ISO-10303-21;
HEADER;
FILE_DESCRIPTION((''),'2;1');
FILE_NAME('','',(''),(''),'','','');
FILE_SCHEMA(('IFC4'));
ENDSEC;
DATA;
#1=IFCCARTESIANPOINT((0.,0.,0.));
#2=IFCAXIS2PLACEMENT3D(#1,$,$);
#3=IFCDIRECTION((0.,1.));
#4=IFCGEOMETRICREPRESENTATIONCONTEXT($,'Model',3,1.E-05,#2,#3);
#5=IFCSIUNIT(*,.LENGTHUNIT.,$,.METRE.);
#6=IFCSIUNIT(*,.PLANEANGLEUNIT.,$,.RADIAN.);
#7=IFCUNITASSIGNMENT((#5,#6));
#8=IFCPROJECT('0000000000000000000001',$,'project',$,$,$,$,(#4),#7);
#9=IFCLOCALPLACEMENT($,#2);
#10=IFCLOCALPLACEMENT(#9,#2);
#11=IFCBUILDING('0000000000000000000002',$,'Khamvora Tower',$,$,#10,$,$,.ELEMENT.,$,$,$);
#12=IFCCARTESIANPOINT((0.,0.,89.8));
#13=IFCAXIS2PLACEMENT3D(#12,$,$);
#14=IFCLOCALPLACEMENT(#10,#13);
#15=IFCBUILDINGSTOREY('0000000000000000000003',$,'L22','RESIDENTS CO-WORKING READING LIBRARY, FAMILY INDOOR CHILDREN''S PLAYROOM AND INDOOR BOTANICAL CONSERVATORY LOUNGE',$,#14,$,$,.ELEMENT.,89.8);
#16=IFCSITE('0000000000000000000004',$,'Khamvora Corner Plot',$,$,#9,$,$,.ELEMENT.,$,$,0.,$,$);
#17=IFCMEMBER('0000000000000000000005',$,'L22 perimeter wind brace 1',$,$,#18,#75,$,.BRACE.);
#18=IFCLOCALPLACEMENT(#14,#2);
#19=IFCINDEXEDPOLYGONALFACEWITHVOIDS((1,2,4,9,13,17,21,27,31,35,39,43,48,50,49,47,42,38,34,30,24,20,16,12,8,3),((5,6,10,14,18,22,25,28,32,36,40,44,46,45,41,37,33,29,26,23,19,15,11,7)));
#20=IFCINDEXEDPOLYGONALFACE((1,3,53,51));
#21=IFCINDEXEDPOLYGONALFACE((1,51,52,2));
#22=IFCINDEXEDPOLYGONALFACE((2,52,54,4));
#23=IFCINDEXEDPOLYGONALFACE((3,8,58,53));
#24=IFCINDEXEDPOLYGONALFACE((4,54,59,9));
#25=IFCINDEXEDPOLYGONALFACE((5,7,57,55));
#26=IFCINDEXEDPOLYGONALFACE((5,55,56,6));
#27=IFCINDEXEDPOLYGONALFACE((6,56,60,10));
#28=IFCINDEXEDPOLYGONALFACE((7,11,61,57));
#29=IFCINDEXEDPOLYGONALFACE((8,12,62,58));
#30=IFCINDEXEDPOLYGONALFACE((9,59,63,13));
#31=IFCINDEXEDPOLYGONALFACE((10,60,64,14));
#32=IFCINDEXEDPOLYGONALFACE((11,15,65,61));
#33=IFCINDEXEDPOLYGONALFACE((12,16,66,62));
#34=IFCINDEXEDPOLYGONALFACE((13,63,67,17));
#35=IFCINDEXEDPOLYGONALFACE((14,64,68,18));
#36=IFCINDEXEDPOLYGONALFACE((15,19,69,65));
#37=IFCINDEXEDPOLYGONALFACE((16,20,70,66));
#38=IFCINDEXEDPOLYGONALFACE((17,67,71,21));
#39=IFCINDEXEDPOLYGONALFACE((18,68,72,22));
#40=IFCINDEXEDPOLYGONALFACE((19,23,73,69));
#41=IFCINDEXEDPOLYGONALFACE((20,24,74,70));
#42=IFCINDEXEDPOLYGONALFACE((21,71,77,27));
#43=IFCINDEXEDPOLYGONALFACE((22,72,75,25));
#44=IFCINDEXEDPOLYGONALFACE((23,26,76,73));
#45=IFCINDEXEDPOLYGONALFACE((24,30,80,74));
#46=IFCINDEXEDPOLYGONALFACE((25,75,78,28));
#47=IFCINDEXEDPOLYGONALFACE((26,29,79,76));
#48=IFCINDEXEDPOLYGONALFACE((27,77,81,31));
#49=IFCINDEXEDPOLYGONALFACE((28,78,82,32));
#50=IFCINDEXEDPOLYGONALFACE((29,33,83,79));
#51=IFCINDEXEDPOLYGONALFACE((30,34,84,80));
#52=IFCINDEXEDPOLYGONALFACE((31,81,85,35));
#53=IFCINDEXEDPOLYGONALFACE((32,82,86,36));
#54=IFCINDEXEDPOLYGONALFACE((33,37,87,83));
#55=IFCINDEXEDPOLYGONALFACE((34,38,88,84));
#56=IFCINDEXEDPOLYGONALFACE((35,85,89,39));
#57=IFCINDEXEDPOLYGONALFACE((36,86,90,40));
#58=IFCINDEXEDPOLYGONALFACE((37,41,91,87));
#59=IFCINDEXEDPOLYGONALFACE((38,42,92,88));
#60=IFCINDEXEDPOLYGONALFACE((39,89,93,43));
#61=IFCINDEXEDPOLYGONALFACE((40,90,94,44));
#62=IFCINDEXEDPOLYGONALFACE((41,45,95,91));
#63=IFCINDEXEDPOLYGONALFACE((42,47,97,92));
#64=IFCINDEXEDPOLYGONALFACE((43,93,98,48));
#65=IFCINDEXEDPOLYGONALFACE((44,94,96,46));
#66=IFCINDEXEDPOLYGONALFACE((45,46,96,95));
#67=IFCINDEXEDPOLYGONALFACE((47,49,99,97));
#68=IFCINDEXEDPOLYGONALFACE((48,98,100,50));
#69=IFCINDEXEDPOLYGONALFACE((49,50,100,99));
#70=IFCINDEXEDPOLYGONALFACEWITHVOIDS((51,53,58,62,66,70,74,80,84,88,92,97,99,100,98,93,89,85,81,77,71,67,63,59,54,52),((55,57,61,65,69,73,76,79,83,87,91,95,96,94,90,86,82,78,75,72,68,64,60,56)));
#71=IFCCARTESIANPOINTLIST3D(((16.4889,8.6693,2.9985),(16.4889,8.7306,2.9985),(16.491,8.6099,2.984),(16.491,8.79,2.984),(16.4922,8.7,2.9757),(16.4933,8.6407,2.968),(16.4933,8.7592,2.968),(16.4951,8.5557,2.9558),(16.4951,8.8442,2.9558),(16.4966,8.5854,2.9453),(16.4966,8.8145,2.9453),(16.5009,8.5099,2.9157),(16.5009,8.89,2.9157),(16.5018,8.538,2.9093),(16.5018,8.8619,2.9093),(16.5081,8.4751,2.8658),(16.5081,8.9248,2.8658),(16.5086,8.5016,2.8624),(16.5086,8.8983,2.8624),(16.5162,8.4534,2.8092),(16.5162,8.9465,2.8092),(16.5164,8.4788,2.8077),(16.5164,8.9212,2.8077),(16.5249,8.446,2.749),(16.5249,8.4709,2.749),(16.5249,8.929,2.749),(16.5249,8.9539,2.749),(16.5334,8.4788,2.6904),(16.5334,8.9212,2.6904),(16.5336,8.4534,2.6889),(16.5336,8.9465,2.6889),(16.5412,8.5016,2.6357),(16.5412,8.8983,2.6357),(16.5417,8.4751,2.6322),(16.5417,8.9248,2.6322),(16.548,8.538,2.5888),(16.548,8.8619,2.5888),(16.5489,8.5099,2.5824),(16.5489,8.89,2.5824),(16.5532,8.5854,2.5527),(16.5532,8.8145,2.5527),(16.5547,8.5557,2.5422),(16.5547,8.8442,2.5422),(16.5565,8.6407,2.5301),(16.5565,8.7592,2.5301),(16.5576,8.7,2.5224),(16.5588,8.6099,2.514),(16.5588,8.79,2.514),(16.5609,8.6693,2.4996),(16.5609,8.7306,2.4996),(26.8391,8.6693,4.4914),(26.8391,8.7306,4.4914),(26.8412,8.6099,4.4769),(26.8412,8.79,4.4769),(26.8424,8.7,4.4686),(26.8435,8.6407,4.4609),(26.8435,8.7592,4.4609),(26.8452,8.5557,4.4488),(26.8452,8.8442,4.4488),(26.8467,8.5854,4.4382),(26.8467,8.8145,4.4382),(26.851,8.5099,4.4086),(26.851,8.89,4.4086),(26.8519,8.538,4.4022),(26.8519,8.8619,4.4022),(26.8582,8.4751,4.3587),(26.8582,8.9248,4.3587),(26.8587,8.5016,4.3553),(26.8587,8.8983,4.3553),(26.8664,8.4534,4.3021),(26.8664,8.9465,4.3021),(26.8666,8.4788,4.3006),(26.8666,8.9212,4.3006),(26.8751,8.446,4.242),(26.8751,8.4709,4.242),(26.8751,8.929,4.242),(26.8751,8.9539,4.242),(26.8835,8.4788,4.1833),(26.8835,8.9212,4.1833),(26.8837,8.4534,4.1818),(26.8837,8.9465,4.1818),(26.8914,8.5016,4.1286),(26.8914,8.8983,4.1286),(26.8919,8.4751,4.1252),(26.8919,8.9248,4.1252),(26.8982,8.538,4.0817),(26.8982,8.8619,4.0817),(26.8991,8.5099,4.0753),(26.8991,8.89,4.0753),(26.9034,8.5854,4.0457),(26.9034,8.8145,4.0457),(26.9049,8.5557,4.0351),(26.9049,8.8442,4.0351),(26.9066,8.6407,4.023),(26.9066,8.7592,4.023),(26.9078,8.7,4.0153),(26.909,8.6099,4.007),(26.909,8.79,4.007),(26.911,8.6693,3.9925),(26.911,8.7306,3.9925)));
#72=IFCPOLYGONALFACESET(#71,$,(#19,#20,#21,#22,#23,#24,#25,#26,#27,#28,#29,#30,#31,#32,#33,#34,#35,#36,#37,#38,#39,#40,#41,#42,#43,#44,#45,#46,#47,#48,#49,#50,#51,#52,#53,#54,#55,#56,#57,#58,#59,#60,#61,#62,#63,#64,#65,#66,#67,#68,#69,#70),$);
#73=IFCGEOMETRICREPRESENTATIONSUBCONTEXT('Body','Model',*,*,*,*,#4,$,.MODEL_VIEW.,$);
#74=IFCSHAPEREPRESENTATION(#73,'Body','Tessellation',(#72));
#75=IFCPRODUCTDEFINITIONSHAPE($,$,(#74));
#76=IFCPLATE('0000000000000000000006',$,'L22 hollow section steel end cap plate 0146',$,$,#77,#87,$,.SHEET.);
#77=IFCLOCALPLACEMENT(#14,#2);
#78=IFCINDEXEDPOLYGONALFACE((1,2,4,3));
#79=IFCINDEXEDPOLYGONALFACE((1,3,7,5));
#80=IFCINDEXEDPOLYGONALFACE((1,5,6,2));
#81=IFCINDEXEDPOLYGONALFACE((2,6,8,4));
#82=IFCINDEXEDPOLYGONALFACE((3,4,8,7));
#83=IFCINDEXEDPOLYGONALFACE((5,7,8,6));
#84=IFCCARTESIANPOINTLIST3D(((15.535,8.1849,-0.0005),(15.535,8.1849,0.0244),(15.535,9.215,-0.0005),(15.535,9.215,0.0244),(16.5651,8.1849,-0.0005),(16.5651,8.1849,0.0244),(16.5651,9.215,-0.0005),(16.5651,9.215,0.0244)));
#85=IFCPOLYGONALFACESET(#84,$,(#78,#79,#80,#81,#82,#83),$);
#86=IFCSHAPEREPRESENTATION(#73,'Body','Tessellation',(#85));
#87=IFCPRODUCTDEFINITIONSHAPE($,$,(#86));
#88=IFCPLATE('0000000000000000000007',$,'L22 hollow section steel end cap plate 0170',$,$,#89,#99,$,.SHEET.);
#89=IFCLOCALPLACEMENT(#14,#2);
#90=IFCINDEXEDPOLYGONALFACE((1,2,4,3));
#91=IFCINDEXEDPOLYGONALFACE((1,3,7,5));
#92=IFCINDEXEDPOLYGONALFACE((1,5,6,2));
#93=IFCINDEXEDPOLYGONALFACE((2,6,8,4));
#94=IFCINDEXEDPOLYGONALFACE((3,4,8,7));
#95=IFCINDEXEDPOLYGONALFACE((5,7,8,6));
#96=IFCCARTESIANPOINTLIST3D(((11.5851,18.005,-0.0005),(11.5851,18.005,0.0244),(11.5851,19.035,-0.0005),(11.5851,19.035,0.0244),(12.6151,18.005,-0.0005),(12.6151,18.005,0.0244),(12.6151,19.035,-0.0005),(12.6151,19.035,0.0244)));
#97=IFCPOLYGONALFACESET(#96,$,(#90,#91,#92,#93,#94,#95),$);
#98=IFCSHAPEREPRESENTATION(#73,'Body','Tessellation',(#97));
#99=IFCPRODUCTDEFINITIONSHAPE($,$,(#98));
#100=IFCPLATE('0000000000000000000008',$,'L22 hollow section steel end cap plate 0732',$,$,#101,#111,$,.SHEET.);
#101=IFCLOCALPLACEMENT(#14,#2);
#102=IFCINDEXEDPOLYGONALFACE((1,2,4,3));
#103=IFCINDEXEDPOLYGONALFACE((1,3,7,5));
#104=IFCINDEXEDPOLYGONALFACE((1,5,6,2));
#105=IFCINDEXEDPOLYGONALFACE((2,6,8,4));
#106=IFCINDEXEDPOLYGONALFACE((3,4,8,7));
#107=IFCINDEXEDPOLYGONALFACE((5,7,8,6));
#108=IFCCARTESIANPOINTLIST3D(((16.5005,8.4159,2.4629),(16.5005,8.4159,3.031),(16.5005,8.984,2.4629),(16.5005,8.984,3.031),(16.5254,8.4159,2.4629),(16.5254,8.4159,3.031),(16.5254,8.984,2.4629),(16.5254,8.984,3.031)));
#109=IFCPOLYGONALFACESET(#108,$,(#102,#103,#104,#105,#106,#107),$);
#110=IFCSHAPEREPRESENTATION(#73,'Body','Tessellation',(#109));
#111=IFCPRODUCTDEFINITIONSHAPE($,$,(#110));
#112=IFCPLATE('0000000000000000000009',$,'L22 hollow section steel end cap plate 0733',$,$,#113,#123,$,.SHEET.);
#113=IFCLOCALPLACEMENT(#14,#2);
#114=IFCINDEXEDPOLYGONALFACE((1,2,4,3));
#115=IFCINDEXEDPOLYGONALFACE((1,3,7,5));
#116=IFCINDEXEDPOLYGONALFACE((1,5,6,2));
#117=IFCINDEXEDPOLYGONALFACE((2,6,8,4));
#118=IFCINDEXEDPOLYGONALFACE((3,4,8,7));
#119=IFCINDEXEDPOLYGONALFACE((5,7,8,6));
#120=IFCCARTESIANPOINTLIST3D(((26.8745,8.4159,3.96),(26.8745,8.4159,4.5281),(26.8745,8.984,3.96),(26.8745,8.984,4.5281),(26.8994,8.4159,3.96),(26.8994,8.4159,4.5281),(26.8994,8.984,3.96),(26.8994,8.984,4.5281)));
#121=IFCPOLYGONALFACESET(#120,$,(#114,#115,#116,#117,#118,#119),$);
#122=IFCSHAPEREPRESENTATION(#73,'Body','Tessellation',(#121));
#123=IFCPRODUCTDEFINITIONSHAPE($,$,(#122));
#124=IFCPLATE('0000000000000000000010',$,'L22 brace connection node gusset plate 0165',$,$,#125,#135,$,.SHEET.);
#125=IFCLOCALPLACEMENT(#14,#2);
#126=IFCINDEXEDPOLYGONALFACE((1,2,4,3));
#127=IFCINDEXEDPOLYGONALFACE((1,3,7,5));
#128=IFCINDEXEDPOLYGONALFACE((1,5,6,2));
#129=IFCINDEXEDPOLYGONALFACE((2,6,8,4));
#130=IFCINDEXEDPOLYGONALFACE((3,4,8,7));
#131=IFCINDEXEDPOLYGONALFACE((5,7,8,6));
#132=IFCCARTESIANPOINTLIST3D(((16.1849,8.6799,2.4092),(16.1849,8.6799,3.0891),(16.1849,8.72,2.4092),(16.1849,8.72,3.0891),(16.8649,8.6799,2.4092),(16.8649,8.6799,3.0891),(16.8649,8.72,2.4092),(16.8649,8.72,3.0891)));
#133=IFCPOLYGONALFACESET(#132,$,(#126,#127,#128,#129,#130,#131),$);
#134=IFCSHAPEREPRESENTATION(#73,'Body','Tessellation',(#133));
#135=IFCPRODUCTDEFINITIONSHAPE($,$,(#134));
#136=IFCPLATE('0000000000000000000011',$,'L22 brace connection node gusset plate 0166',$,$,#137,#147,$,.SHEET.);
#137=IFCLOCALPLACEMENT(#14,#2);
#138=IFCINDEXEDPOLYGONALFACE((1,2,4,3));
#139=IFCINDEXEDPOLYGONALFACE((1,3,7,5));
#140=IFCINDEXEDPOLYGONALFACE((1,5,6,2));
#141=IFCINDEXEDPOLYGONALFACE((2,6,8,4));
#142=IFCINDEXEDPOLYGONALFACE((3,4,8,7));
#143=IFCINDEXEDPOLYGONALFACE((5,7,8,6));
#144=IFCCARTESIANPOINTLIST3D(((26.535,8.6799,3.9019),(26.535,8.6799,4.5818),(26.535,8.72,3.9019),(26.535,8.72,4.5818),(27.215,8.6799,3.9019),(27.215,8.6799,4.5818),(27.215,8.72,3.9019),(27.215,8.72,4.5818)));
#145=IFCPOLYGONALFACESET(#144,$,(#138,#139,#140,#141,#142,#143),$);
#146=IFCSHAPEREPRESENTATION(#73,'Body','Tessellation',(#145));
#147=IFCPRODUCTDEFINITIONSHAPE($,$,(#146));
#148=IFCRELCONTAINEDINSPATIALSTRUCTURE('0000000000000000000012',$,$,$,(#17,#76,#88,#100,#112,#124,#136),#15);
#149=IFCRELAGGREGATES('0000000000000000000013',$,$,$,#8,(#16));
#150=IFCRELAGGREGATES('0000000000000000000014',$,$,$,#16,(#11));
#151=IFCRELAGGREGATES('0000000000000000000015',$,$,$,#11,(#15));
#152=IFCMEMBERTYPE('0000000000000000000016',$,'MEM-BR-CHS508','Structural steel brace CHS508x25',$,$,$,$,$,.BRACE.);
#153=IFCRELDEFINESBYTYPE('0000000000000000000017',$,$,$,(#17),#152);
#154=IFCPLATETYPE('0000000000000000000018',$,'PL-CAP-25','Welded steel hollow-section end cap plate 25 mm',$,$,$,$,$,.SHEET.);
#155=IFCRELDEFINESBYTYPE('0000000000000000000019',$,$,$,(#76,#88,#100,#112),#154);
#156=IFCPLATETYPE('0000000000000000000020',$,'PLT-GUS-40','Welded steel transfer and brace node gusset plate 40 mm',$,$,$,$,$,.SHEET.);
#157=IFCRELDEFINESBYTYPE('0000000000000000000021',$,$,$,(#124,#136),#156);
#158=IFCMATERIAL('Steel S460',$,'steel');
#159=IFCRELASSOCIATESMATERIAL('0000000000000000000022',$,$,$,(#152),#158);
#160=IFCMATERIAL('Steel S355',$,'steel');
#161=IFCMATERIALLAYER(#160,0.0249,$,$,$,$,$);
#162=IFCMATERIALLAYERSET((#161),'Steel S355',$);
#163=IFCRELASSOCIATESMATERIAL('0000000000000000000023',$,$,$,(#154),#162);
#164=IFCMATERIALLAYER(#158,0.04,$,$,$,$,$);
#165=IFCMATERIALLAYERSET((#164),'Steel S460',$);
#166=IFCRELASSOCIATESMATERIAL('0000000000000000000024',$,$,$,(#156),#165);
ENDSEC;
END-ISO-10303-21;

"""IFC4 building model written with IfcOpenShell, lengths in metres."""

from ifc_helpers import new_model, si_unit, direction, frame, origin, origin_2d, place, context, subcontext, project, spatial, rectangle, hollow_circle, extrude, material, layer, layer_set, material_profile, profile_set, type_object, element, save


model = new_model("IFC4")

# Units and contexts
model_context = context("Model", 3, precision=1e-05, world=origin(), true_north=direction((0.0, 1.0)))
body_context = subcontext(model_context, "Body", "Model", "MODEL_VIEW")
ifc_project = project(units=[si_unit("LENGTHUNIT", "METRE"), si_unit("PLANEANGLEUNIT", "RADIAN")], contexts=[model_context])

# Site, building, storey
site_placement = place(None, origin())
site = spatial("IfcSite", under=ifc_project, at=site_placement, Name="Khamvora Corner Plot", CompositionType="ELEMENT", RefElevation=0.0)
building_placement = place(site_placement, origin())
building = spatial("IfcBuilding", under=site, at=building_placement, Name="Khamvora Tower", CompositionType="ELEMENT")
storey_placement = place(building_placement, frame((0.0, 0.0, 89.8)))
storey = spatial("IfcBuildingStorey", under=building, at=storey_placement, Name="L22", Description="RESIDENTS CO-WORKING READING LIBRARY, FAMILY INDOOR CHILDREN'S PLAYROOM AND INDOOR BOTANICAL CONSERVATORY LOUNGE", CompositionType="ELEMENT", Elevation=89.8)

# Shared definitions
ifc_material_1 = material(Name="Steel S355", Category="steel")

# Member
ifc_material_2 = material(Name="Steel S460", Category="steel")
ifc_material_profile_1 = material_profile(ifc_material_2, hollow_circle(Radius=0.2539, WallThickness=0.0249, at=origin_2d()), Name="CHS508x25")
ifc_profile_set_1 = profile_set([ifc_material_profile_1], Name="Steel S460")
member_type = type_object("IfcMemberType", Name="MEM-BR-CHS508", Description="Structural steel brace CHS508x25", PredefinedType="BRACE", material=ifc_profile_set_1)
member_placement = place(storey_placement, frame((16.5249, 8.7, 2.749), z_axis=(0.989757, 0.0, 0.142765), x_axis=(0.0, 1.0, 0.0)))
element("IfcMember", 1, at=member_placement, inside=storey, type_object=member_type, Name="L22 perimeter wind brace 1", PredefinedType="BRACE", context=body_context, shape_type="SweptSolid", body=[
    extrude(hollow_circle(Radius=0.2539, WallThickness=0.0249, at=origin_2d()), origin(), (0.0, 0.0, 1.0), 10.4573),
])

# Plates
ifc_layer_1 = layer(ifc_material_1, 0.0249)
ifc_layer_set_1 = layer_set([ifc_layer_1], Name="Steel S355")
plate_type_1 = type_object("IfcPlateType", Name="PL-CAP-25", Description="Welded steel hollow-section end cap plate 25 mm", PredefinedType="SHEET", material=ifc_layer_set_1)
for number, where, z_axis, x_axis, name in (
    (2, (16.05, 8.7, -0.0005), (0.0, 0.0, 1.0), (1.0, 0.0, 0.0), "L22 hollow section steel end cap plate 0146"),
    (3, (12.1001, 18.52, -0.0005), (0.0, 0.0, 1.0), (1.0, 0.0, 0.0), "L22 hollow section steel end cap plate 0170"),
):
    element("IfcPlate", number, at=place(storey_placement, frame(where, z_axis=z_axis, x_axis=x_axis)), inside=storey, type_object=plate_type_1, Name=name, PredefinedType="SHEET", context=body_context, shape_type="SweptSolid", body=[
        extrude(rectangle(XDim=1.03, YDim=1.03, at=origin_2d()), origin(), (0.0, 0.0, 1.0), 0.0249),
    ])
for number, where, z_axis, x_axis, name in (
    (4, (16.5129, 8.7, 2.4629), (0.0, 0.0, 1.0), (1.0, 0.0, 0.0), "L22 hollow section steel end cap plate 0732"),
    (5, (26.887, 8.7, 3.96), (0.0, 0.0, 1.0), (1.0, 0.0, 0.0), "L22 hollow section steel end cap plate 0733"),
):
    element("IfcPlate", number, at=place(storey_placement, frame(where, z_axis=z_axis, x_axis=x_axis)), inside=storey, type_object=plate_type_1, Name=name, PredefinedType="SHEET", context=body_context, shape_type="SweptSolid", body=[
        extrude(rectangle(XDim=0.0249, YDim=0.5681, at=origin_2d()), origin(), (0.0, 0.0, 1.0), 0.5681),
    ])
ifc_layer_2 = layer(ifc_material_2, 0.04)
ifc_layer_set_2 = layer_set([ifc_layer_2], Name="Steel S460")
plate_type_2 = type_object("IfcPlateType", Name="PLT-GUS-40", Description="Welded steel transfer and brace node gusset plate 40 mm", PredefinedType="SHEET", material=ifc_layer_set_2)
for number, where, z_axis, x_axis, name in (
    (6, (16.5249, 8.7, 2.4092), (0.0, 0.0, 1.0), (1.0, 0.0, 0.0), "L22 brace connection node gusset plate 0165"),
    (7, (26.875, 8.7, 3.9019), (0.0, 0.0, 1.0), (1.0, 0.0, 0.0), "L22 brace connection node gusset plate 0166"),
):
    element("IfcPlate", number, at=place(storey_placement, frame(where, z_axis=z_axis, x_axis=x_axis)), inside=storey, type_object=plate_type_2, Name=name, PredefinedType="SHEET", context=body_context, shape_type="SweptSolid", body=[
        extrude(rectangle(XDim=0.6799, YDim=0.04, at=origin_2d()), origin(), (0.0, 0.0, 1.0), 0.6799),
    ])

save(model, "model.ifc")
